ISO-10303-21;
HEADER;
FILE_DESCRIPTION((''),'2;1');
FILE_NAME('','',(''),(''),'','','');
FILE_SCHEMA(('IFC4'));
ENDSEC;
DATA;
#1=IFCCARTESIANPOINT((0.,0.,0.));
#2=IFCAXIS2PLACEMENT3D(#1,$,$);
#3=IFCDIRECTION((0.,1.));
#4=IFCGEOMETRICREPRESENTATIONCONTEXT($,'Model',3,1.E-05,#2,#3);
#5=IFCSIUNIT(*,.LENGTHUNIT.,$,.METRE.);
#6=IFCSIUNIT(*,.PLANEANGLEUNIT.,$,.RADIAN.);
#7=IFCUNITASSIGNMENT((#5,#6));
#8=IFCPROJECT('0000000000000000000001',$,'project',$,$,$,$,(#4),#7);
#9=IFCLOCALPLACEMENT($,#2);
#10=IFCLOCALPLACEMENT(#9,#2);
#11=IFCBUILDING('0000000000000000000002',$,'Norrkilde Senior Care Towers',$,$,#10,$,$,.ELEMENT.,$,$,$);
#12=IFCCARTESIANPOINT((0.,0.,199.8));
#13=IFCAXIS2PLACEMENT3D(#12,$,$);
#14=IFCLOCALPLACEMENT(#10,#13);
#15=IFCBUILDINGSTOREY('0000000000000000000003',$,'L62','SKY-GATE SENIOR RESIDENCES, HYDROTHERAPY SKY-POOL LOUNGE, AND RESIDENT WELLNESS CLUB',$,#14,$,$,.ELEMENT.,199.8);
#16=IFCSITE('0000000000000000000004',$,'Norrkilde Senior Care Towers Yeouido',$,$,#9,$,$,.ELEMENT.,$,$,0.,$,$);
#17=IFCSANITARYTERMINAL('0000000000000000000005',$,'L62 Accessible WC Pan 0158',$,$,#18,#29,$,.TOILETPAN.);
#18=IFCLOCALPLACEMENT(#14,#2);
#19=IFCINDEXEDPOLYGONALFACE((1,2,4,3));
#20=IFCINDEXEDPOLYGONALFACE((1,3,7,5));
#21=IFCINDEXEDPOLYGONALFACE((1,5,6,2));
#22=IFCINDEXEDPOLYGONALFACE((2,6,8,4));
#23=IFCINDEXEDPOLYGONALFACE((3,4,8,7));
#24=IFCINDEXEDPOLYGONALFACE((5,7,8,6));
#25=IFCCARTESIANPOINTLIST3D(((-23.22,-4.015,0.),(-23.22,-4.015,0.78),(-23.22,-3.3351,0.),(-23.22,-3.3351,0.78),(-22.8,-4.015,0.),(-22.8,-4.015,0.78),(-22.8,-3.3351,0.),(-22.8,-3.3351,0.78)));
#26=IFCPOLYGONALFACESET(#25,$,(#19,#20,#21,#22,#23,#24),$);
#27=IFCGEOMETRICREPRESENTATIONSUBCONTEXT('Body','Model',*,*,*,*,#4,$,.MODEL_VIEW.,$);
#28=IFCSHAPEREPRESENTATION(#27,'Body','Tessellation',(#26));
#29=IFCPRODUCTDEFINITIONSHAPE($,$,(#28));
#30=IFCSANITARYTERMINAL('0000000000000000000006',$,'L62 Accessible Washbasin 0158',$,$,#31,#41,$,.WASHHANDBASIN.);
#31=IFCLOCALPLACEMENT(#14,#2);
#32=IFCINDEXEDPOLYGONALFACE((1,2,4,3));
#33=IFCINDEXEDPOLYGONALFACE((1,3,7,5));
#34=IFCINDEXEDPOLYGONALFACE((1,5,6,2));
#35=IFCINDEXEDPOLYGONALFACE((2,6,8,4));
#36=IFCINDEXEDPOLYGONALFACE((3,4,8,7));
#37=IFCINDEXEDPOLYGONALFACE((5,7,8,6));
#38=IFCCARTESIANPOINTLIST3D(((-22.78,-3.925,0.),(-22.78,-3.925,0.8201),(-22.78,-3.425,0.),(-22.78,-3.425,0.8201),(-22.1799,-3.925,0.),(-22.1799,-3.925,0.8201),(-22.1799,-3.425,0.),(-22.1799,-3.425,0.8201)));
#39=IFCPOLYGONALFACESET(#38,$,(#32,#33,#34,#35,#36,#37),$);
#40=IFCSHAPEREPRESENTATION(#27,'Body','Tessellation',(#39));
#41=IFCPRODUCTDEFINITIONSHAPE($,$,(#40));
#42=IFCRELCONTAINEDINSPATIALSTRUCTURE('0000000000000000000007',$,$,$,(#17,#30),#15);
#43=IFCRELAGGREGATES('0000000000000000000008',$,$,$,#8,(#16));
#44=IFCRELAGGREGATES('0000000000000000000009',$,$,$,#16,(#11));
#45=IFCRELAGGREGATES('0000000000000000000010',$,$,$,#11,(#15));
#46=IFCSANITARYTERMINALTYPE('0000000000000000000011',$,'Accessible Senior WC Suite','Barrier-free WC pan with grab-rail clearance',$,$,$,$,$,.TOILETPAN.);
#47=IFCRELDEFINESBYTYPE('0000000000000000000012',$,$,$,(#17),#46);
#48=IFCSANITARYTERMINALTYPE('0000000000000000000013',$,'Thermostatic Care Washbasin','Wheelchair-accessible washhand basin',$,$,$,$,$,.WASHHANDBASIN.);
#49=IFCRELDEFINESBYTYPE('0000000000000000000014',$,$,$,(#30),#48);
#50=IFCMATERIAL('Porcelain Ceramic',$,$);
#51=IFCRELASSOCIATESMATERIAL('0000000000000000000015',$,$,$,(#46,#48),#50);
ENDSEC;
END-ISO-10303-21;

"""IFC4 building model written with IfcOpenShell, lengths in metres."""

from ifc_helpers import new_model, si_unit, direction, frame, origin, origin_2d, place, context, subcontext, project, spatial, rectangle, extrude, source, transform, mapped, material, type_object, type_shapes, element, save


model = new_model("IFC4")

# Units and contexts
model_context = context("Model", 3, precision=1e-05, world=origin(), true_north=direction((0.0, 1.0)))
body_context = subcontext(model_context, "Body", "Model", "MODEL_VIEW")
ifc_project = project(units=[si_unit("LENGTHUNIT", "METRE"), si_unit("PLANEANGLEUNIT", "RADIAN")], contexts=[model_context])

# Site, building, storey
site_placement = place(None, origin())
site = spatial("IfcSite", under=ifc_project, at=site_placement, Name="Norrkilde Senior Care Towers Yeouido", CompositionType="ELEMENT", RefElevation=0.0)
building_placement = place(site_placement, origin())
building = spatial("IfcBuilding", under=site, at=building_placement, Name="Norrkilde Senior Care Towers", CompositionType="ELEMENT")
storey_placement = place(building_placement, frame((0.0, 0.0, 199.8)))
storey = spatial("IfcBuildingStorey", under=building, at=storey_placement, Name="L62", Description="SKY-GATE SENIOR RESIDENCES, HYDROTHERAPY SKY-POOL LOUNGE, AND RESIDENT WELLNESS CLUB", CompositionType="ELEMENT", Elevation=199.8)

# Sanitary terminals
ifc_material_1 = material(Name="Porcelain Ceramic")
sanitary_terminal_type_1 = type_object("IfcSanitaryTerminalType", Name="Accessible Senior WC Suite", Description="Barrier-free WC pan with grab-rail clearance", PredefinedType="TOILETPAN", material=ifc_material_1)
shared_shape_1 = source(origin(), body_context, "Body", "SweptSolid", [
    extrude(rectangle(XDim=0.4199, YDim=0.6799, at=origin_2d()), origin(), (0.0, 0.0, 1.0), 0.78),
])
type_shapes(sanitary_terminal_type_1, [shared_shape_1])
sanitary_terminal_1_placement = place(storey_placement, frame((-23.01, -3.675, 0.0), z_axis=(0.0, 0.0, 1.0), x_axis=(1.0, 0.0, 0.0)))
element("IfcSanitaryTerminal", 1, at=sanitary_terminal_1_placement, inside=storey, type_object=sanitary_terminal_type_1, Name="L62 Accessible WC Pan 0158", PredefinedType="TOILETPAN", context=body_context, shape_type="MappedRepresentation", body=[
    mapped(shared_shape_1, transform((0.0, 0.0, 0.0), x_axis=(1.0, 0.0, 0.0), y_axis=(0.0, 1.0, 0.0), z_axis=(0.0, 0.0, 1.0), scale=1.0)),
])
sanitary_terminal_type_2 = type_object("IfcSanitaryTerminalType", Name="Thermostatic Care Washbasin", Description="Wheelchair-accessible washhand basin", PredefinedType="WASHHANDBASIN", material=ifc_material_1)
shared_shape_2 = source(origin(), body_context, "Body", "SweptSolid", [
    extrude(rectangle(XDim=0.6001, YDim=0.5, at=origin_2d()), origin(), (0.0, 0.0, 1.0), 0.8201),
])
type_shapes(sanitary_terminal_type_2, [shared_shape_2])
sanitary_terminal_2_placement = place(storey_placement, frame((-22.48, -3.675, 0.0), z_axis=(0.0, 0.0, 1.0), x_axis=(1.0, 0.0, 0.0)))
element("IfcSanitaryTerminal", 2, at=sanitary_terminal_2_placement, inside=storey, type_object=sanitary_terminal_type_2, Name="L62 Accessible Washbasin 0158", PredefinedType="WASHHANDBASIN", context=body_context, shape_type="MappedRepresentation", body=[
    mapped(shared_shape_2, transform((0.0, 0.0, 0.0), x_axis=(1.0, 0.0, 0.0), y_axis=(0.0, 1.0, 0.0), z_axis=(0.0, 0.0, 1.0), scale=1.0)),
])

save(model, "model.ifc")
